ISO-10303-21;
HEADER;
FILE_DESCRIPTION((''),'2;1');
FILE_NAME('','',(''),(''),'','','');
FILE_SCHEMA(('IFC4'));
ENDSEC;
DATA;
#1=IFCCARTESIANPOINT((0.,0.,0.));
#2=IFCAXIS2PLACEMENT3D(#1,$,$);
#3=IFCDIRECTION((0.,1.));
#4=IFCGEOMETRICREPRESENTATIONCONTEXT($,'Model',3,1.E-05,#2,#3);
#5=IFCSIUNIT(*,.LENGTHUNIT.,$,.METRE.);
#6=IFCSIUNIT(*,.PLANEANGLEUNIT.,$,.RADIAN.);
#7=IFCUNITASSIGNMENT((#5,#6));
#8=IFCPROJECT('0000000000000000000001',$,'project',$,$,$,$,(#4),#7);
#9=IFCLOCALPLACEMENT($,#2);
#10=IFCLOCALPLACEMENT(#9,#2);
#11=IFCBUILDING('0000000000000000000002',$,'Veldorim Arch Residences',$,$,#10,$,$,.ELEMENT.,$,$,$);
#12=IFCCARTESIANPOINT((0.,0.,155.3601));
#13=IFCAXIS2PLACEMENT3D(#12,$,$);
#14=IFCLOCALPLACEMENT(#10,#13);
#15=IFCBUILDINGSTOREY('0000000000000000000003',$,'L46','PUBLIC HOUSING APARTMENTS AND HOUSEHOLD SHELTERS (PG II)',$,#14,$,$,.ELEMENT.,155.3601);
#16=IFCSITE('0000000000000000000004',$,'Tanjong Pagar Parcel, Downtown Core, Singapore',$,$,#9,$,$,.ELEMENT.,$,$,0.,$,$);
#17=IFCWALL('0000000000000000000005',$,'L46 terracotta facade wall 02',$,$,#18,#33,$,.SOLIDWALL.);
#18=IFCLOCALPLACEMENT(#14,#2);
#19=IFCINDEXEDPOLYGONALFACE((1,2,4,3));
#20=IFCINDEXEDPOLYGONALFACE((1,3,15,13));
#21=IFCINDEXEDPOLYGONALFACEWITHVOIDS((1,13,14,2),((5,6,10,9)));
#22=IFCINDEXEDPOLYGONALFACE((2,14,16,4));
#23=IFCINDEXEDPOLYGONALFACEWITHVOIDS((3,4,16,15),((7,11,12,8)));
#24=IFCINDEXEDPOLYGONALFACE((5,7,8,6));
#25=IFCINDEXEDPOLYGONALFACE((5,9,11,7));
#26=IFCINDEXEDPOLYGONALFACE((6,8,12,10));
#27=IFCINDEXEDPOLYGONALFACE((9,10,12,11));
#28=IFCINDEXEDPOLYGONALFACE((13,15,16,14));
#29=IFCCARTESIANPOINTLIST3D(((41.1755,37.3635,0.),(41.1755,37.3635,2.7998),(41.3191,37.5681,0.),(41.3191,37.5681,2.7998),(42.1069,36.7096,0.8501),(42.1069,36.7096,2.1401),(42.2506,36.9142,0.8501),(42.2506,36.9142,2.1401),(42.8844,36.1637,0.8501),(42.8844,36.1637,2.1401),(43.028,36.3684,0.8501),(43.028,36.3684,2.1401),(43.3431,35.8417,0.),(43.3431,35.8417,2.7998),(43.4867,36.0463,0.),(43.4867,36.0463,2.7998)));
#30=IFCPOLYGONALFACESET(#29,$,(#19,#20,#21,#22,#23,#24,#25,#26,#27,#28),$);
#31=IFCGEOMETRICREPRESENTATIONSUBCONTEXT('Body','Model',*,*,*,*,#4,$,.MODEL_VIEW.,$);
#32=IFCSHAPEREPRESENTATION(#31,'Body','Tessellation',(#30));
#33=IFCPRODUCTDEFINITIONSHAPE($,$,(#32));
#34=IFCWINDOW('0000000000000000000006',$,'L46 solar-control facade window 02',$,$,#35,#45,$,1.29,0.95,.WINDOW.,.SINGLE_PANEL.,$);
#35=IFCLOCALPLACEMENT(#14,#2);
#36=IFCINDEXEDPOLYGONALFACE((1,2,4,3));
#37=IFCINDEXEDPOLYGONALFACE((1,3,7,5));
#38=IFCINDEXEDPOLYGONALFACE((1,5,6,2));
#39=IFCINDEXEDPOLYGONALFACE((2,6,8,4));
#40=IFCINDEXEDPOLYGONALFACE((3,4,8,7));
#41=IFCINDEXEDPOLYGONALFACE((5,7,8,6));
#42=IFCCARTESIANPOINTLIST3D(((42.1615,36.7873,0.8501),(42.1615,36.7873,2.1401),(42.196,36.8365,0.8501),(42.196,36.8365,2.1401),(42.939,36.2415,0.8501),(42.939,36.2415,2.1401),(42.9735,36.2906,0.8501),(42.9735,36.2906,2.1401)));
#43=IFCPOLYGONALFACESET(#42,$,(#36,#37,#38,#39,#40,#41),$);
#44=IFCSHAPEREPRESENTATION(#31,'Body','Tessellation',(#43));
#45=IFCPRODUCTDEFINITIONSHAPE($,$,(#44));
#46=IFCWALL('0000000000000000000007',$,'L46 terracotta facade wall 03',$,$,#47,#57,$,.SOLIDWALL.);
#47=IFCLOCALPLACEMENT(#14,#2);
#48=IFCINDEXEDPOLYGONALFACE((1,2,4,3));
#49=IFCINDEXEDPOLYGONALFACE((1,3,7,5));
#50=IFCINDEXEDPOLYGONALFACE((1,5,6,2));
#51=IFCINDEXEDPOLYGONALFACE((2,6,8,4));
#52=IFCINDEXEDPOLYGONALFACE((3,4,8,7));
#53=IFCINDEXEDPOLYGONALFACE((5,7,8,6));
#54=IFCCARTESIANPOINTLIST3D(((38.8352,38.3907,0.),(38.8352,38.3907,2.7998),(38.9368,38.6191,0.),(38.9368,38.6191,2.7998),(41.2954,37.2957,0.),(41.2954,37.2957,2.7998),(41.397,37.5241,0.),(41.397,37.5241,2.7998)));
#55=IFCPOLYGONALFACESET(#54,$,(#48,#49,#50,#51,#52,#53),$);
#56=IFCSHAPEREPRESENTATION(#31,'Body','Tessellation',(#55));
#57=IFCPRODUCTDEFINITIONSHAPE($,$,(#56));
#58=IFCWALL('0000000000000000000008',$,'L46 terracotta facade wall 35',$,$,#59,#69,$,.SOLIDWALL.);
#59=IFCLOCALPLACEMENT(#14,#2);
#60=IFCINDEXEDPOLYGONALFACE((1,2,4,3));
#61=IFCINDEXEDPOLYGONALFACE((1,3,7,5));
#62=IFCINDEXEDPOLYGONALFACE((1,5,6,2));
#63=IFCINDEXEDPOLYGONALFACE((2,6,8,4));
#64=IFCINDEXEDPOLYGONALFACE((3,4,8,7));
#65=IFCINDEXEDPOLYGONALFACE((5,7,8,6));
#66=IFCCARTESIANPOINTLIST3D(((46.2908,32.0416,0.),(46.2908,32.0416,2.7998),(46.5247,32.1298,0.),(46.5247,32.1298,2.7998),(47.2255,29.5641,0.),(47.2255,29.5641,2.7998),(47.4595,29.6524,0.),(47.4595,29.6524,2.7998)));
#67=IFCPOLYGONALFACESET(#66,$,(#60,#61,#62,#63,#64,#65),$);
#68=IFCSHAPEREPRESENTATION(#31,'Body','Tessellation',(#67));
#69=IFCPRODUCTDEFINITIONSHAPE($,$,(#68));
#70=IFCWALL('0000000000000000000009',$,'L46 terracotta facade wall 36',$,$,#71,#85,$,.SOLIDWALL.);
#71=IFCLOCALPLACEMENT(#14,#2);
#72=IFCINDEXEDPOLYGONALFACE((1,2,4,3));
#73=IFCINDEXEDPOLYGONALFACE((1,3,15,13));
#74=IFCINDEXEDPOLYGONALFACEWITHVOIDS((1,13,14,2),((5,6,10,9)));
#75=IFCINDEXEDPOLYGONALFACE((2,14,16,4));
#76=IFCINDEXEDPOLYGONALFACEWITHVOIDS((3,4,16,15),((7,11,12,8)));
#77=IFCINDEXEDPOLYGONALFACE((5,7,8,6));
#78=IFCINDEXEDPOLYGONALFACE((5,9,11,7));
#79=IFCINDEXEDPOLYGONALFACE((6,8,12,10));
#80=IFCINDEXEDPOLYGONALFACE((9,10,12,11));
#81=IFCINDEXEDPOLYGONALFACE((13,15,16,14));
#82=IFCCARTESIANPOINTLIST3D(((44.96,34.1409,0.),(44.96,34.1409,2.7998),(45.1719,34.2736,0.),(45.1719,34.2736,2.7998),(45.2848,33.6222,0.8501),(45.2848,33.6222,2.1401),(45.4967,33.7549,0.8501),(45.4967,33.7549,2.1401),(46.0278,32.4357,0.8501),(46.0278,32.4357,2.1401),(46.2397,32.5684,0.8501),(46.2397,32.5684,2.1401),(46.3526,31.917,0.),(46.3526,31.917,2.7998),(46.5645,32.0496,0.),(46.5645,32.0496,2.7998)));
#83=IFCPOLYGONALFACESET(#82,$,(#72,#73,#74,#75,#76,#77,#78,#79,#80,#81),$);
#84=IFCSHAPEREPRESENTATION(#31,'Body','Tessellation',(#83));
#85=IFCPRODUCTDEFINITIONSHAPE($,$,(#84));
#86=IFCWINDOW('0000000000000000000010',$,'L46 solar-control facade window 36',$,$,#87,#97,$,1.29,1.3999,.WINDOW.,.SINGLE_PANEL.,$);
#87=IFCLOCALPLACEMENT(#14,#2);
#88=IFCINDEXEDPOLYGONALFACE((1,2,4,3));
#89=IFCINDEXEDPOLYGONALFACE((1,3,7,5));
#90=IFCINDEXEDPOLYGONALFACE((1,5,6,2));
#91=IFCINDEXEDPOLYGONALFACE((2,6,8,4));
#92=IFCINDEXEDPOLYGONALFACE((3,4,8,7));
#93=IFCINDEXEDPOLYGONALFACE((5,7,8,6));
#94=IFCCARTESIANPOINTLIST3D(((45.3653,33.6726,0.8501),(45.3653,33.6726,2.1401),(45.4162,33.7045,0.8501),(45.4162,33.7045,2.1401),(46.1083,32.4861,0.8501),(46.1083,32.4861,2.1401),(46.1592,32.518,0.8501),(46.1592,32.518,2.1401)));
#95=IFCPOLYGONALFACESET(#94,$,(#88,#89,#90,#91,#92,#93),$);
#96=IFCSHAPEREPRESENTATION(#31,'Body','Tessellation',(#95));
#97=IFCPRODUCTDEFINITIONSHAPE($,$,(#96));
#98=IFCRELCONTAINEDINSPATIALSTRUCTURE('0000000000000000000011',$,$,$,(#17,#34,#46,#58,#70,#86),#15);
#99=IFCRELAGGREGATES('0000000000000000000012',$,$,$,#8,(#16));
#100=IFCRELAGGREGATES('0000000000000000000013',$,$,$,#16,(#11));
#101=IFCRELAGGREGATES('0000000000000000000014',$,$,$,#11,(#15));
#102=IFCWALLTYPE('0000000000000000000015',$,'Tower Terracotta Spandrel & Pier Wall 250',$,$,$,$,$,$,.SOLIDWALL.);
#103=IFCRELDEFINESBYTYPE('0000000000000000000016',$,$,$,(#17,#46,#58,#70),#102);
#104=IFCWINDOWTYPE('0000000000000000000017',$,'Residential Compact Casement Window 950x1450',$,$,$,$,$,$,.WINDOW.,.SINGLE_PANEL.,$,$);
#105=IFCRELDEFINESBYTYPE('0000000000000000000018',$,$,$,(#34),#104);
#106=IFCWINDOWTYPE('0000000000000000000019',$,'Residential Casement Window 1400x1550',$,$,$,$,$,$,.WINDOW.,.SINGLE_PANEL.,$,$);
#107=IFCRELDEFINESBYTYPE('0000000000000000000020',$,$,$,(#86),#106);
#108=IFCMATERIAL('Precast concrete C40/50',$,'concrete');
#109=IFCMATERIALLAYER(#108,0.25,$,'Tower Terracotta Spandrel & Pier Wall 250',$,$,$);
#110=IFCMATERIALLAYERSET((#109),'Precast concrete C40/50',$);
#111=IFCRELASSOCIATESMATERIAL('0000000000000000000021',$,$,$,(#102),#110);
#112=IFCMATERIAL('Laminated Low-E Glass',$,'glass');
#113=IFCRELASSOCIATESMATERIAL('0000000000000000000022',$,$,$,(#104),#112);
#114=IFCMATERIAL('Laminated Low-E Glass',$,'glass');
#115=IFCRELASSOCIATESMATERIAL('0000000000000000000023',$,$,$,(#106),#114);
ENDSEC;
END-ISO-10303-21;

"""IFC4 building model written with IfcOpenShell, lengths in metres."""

from ifc_helpers import new_model, si_unit, direction, frame, frame_2d, origin, place, context, subcontext, project, spatial, rectangle, extrude, material, layer, layer_set, type_object, element, fill, save


model = new_model("IFC4")

# Units and contexts
model_context = context("Model", 3, precision=1e-05, world=origin(), true_north=direction((0.0, 1.0)))
body_context = subcontext(model_context, "Body", "Model", "MODEL_VIEW")
ifc_project = project(units=[si_unit("LENGTHUNIT", "METRE"), si_unit("PLANEANGLEUNIT", "RADIAN")], contexts=[model_context])

# Site, building, storey
site_placement = place(None, origin())
site = spatial("IfcSite", under=ifc_project, at=site_placement, Name="Tanjong Pagar Parcel, Downtown Core, Singapore", CompositionType="ELEMENT", RefElevation=0.0)
building_placement = place(site_placement, origin())
building = spatial("IfcBuilding", under=site, at=building_placement, Name="Veldorim Arch Residences", CompositionType="ELEMENT")
storey_placement = place(building_placement, frame((0.0, 0.0, 155.3601)))
storey = spatial("IfcBuildingStorey", under=building, at=storey_placement, Name="L46", Description="PUBLIC HOUSING APARTMENTS AND HOUSEHOLD SHELTERS (PG II)", CompositionType="ELEMENT", Elevation=155.3601)

# Wall, opening, window
ifc_material_1 = material(Name="Precast concrete C40/50", Category="concrete")
ifc_layer_1 = layer(ifc_material_1, 0.25, Name="Tower Terracotta Spandrel & Pier Wall 250")
ifc_layer_set_1 = layer_set([ifc_layer_1], Name="Precast concrete C40/50")
wall_type_1 = type_object("IfcWallType", Name="Tower Terracotta Spandrel & Pier Wall 250", PredefinedType="SOLIDWALL", material=ifc_layer_set_1)
wall_1_placement = place(storey_placement, frame((41.2473, 37.4658, 0.0), z_axis=(0.0, 0.0, 1.0), x_axis=(0.818434, -0.5746, 0.0)))
wall_1 = element("IfcWall", 1, at=wall_1_placement, inside=storey, type_object=wall_type_1, Name="L46 terracotta facade wall 02", PredefinedType="SOLIDWALL", context=body_context, shape_type="SweptSolid", body=[
    extrude(rectangle(XDim=2.6484, YDim=0.25, at=frame_2d((1.3242, 0.0))), origin(), (0.0, 0.0, 1.0), 2.7998),
])
opening_1_placement = place(wall_1_placement, frame((1.1379, 0.0, 0.8501)))
opening_1 = element("IfcOpeningElement", 2, at=opening_1_placement, cuts=wall_1, PredefinedType="OPENING", context=body_context, shape_type="SweptSolid", body=[
    extrude(rectangle(XDim=0.95, YDim=1.29, at=frame_2d((0.4751, 0.645))), frame((0.0, 0.135, 0.0), z_axis=(0.0, -1.0, 0.0), x_axis=(1.0, 0.0, 0.0)), (0.0, 0.0, 1.0), 0.27),
])
ifc_material_2 = material(Name="Laminated Low-E Glass", Category="glass")
window_type_1 = type_object("IfcWindowType", Name="Residential Compact Casement Window 950x1450", PartitioningType="SINGLE_PANEL", PredefinedType="WINDOW", material=ifc_material_2)
window_1_placement = place(opening_1_placement, origin())
window_1 = element("IfcWindow", 3, at=window_1_placement, inside=storey, type_object=window_type_1, Name="L46 solar-control facade window 02", OverallHeight=1.29, OverallWidth=0.95, PartitioningType="SINGLE_PANEL", PredefinedType="WINDOW", context=body_context, shape_type="SweptSolid", body=[
    extrude(rectangle(XDim=0.95, YDim=1.29, at=frame_2d((0.4751, 0.645))), frame((0.0, 0.03, 0.0), z_axis=(0.0, -1.0, 0.0), x_axis=(1.0, 0.0, 0.0)), (0.0, 0.0, 1.0), 0.0601),
])
fill(opening_1, window_1)

# Walls
wall_2_placement = place(storey_placement, frame((38.886, 38.5049, 0.0), z_axis=(0.0, 0.0, 1.0), x_axis=(0.913598, -0.406618, 0.0)))
element("IfcWall", 4, at=wall_2_placement, inside=storey, type_object=wall_type_1, Name="L46 terracotta facade wall 03", PredefinedType="SOLIDWALL", context=body_context, shape_type="SweptSolid", body=[
    extrude(rectangle(XDim=2.6929, YDim=0.25, at=frame_2d((1.3464, 0.0))), origin(), (0.0, 0.0, 1.0), 2.7998),
])
wall_3_placement = place(storey_placement, frame((46.4077, 32.0857, 0.0), z_axis=(0.0, 0.0, 1.0), x_axis=(0.353022, -0.935615, 0.0)))
element("IfcWall", 5, at=wall_3_placement, inside=storey, type_object=wall_type_1, Name="L46 terracotta facade wall 35", PredefinedType="SOLIDWALL", context=body_context, shape_type="SweptSolid", body=[
    extrude(rectangle(XDim=2.6479, YDim=0.25, at=frame_2d((1.324, 0.0))), origin(), (0.0, 0.0, 1.0), 2.7998),
])

# Wall, opening, window
wall_4_placement = place(storey_placement, frame((45.0659, 34.2073, 0.0), z_axis=(0.0, 0.0, 1.0), x_axis=(0.530726, -0.847543, 0.0)))
wall_4 = element("IfcWall", 6, at=wall_4_placement, inside=storey, type_object=wall_type_1, Name="L46 terracotta facade wall 36", PredefinedType="SOLIDWALL", context=body_context, shape_type="SweptSolid", body=[
    extrude(rectangle(XDim=2.624, YDim=0.25, at=frame_2d((1.312, 0.0))), origin(), (0.0, 0.0, 1.0), 2.7998),
])
opening_2_placement = place(wall_4_placement, frame((0.6121, 0.0, 0.8501)))
opening_2 = element("IfcOpeningElement", 7, at=opening_2_placement, cuts=wall_4, PredefinedType="OPENING", context=body_context, shape_type="SweptSolid", body=[
    extrude(rectangle(XDim=1.3999, YDim=1.29, at=frame_2d((0.7, 0.645))), frame((0.0, 0.135, 0.0), z_axis=(0.0, -1.0, 0.0), x_axis=(1.0, 0.0, 0.0)), (0.0, 0.0, 1.0), 0.27),
])
ifc_material_3 = material(Name="Laminated Low-E Glass", Category="glass")
window_type_2 = type_object("IfcWindowType", Name="Residential Casement Window 1400x1550", PartitioningType="SINGLE_PANEL", PredefinedType="WINDOW", material=ifc_material_3)
window_2_placement = place(opening_2_placement, origin())
window_2 = element("IfcWindow", 8, at=window_2_placement, inside=storey, type_object=window_type_2, Name="L46 solar-control facade window 36", OverallHeight=1.29, OverallWidth=1.3999, PartitioningType="SINGLE_PANEL", PredefinedType="WINDOW", context=body_context, shape_type="SweptSolid", body=[
    extrude(rectangle(XDim=1.3999, YDim=1.29, at=frame_2d((0.7, 0.645))), frame((0.0, 0.03, 0.0), z_axis=(0.0, -1.0, 0.0), x_axis=(1.0, 0.0, 0.0)), (0.0, 0.0, 1.0), 0.0601),
])
fill(opening_2, window_2)

save(model, "model.ifc")
